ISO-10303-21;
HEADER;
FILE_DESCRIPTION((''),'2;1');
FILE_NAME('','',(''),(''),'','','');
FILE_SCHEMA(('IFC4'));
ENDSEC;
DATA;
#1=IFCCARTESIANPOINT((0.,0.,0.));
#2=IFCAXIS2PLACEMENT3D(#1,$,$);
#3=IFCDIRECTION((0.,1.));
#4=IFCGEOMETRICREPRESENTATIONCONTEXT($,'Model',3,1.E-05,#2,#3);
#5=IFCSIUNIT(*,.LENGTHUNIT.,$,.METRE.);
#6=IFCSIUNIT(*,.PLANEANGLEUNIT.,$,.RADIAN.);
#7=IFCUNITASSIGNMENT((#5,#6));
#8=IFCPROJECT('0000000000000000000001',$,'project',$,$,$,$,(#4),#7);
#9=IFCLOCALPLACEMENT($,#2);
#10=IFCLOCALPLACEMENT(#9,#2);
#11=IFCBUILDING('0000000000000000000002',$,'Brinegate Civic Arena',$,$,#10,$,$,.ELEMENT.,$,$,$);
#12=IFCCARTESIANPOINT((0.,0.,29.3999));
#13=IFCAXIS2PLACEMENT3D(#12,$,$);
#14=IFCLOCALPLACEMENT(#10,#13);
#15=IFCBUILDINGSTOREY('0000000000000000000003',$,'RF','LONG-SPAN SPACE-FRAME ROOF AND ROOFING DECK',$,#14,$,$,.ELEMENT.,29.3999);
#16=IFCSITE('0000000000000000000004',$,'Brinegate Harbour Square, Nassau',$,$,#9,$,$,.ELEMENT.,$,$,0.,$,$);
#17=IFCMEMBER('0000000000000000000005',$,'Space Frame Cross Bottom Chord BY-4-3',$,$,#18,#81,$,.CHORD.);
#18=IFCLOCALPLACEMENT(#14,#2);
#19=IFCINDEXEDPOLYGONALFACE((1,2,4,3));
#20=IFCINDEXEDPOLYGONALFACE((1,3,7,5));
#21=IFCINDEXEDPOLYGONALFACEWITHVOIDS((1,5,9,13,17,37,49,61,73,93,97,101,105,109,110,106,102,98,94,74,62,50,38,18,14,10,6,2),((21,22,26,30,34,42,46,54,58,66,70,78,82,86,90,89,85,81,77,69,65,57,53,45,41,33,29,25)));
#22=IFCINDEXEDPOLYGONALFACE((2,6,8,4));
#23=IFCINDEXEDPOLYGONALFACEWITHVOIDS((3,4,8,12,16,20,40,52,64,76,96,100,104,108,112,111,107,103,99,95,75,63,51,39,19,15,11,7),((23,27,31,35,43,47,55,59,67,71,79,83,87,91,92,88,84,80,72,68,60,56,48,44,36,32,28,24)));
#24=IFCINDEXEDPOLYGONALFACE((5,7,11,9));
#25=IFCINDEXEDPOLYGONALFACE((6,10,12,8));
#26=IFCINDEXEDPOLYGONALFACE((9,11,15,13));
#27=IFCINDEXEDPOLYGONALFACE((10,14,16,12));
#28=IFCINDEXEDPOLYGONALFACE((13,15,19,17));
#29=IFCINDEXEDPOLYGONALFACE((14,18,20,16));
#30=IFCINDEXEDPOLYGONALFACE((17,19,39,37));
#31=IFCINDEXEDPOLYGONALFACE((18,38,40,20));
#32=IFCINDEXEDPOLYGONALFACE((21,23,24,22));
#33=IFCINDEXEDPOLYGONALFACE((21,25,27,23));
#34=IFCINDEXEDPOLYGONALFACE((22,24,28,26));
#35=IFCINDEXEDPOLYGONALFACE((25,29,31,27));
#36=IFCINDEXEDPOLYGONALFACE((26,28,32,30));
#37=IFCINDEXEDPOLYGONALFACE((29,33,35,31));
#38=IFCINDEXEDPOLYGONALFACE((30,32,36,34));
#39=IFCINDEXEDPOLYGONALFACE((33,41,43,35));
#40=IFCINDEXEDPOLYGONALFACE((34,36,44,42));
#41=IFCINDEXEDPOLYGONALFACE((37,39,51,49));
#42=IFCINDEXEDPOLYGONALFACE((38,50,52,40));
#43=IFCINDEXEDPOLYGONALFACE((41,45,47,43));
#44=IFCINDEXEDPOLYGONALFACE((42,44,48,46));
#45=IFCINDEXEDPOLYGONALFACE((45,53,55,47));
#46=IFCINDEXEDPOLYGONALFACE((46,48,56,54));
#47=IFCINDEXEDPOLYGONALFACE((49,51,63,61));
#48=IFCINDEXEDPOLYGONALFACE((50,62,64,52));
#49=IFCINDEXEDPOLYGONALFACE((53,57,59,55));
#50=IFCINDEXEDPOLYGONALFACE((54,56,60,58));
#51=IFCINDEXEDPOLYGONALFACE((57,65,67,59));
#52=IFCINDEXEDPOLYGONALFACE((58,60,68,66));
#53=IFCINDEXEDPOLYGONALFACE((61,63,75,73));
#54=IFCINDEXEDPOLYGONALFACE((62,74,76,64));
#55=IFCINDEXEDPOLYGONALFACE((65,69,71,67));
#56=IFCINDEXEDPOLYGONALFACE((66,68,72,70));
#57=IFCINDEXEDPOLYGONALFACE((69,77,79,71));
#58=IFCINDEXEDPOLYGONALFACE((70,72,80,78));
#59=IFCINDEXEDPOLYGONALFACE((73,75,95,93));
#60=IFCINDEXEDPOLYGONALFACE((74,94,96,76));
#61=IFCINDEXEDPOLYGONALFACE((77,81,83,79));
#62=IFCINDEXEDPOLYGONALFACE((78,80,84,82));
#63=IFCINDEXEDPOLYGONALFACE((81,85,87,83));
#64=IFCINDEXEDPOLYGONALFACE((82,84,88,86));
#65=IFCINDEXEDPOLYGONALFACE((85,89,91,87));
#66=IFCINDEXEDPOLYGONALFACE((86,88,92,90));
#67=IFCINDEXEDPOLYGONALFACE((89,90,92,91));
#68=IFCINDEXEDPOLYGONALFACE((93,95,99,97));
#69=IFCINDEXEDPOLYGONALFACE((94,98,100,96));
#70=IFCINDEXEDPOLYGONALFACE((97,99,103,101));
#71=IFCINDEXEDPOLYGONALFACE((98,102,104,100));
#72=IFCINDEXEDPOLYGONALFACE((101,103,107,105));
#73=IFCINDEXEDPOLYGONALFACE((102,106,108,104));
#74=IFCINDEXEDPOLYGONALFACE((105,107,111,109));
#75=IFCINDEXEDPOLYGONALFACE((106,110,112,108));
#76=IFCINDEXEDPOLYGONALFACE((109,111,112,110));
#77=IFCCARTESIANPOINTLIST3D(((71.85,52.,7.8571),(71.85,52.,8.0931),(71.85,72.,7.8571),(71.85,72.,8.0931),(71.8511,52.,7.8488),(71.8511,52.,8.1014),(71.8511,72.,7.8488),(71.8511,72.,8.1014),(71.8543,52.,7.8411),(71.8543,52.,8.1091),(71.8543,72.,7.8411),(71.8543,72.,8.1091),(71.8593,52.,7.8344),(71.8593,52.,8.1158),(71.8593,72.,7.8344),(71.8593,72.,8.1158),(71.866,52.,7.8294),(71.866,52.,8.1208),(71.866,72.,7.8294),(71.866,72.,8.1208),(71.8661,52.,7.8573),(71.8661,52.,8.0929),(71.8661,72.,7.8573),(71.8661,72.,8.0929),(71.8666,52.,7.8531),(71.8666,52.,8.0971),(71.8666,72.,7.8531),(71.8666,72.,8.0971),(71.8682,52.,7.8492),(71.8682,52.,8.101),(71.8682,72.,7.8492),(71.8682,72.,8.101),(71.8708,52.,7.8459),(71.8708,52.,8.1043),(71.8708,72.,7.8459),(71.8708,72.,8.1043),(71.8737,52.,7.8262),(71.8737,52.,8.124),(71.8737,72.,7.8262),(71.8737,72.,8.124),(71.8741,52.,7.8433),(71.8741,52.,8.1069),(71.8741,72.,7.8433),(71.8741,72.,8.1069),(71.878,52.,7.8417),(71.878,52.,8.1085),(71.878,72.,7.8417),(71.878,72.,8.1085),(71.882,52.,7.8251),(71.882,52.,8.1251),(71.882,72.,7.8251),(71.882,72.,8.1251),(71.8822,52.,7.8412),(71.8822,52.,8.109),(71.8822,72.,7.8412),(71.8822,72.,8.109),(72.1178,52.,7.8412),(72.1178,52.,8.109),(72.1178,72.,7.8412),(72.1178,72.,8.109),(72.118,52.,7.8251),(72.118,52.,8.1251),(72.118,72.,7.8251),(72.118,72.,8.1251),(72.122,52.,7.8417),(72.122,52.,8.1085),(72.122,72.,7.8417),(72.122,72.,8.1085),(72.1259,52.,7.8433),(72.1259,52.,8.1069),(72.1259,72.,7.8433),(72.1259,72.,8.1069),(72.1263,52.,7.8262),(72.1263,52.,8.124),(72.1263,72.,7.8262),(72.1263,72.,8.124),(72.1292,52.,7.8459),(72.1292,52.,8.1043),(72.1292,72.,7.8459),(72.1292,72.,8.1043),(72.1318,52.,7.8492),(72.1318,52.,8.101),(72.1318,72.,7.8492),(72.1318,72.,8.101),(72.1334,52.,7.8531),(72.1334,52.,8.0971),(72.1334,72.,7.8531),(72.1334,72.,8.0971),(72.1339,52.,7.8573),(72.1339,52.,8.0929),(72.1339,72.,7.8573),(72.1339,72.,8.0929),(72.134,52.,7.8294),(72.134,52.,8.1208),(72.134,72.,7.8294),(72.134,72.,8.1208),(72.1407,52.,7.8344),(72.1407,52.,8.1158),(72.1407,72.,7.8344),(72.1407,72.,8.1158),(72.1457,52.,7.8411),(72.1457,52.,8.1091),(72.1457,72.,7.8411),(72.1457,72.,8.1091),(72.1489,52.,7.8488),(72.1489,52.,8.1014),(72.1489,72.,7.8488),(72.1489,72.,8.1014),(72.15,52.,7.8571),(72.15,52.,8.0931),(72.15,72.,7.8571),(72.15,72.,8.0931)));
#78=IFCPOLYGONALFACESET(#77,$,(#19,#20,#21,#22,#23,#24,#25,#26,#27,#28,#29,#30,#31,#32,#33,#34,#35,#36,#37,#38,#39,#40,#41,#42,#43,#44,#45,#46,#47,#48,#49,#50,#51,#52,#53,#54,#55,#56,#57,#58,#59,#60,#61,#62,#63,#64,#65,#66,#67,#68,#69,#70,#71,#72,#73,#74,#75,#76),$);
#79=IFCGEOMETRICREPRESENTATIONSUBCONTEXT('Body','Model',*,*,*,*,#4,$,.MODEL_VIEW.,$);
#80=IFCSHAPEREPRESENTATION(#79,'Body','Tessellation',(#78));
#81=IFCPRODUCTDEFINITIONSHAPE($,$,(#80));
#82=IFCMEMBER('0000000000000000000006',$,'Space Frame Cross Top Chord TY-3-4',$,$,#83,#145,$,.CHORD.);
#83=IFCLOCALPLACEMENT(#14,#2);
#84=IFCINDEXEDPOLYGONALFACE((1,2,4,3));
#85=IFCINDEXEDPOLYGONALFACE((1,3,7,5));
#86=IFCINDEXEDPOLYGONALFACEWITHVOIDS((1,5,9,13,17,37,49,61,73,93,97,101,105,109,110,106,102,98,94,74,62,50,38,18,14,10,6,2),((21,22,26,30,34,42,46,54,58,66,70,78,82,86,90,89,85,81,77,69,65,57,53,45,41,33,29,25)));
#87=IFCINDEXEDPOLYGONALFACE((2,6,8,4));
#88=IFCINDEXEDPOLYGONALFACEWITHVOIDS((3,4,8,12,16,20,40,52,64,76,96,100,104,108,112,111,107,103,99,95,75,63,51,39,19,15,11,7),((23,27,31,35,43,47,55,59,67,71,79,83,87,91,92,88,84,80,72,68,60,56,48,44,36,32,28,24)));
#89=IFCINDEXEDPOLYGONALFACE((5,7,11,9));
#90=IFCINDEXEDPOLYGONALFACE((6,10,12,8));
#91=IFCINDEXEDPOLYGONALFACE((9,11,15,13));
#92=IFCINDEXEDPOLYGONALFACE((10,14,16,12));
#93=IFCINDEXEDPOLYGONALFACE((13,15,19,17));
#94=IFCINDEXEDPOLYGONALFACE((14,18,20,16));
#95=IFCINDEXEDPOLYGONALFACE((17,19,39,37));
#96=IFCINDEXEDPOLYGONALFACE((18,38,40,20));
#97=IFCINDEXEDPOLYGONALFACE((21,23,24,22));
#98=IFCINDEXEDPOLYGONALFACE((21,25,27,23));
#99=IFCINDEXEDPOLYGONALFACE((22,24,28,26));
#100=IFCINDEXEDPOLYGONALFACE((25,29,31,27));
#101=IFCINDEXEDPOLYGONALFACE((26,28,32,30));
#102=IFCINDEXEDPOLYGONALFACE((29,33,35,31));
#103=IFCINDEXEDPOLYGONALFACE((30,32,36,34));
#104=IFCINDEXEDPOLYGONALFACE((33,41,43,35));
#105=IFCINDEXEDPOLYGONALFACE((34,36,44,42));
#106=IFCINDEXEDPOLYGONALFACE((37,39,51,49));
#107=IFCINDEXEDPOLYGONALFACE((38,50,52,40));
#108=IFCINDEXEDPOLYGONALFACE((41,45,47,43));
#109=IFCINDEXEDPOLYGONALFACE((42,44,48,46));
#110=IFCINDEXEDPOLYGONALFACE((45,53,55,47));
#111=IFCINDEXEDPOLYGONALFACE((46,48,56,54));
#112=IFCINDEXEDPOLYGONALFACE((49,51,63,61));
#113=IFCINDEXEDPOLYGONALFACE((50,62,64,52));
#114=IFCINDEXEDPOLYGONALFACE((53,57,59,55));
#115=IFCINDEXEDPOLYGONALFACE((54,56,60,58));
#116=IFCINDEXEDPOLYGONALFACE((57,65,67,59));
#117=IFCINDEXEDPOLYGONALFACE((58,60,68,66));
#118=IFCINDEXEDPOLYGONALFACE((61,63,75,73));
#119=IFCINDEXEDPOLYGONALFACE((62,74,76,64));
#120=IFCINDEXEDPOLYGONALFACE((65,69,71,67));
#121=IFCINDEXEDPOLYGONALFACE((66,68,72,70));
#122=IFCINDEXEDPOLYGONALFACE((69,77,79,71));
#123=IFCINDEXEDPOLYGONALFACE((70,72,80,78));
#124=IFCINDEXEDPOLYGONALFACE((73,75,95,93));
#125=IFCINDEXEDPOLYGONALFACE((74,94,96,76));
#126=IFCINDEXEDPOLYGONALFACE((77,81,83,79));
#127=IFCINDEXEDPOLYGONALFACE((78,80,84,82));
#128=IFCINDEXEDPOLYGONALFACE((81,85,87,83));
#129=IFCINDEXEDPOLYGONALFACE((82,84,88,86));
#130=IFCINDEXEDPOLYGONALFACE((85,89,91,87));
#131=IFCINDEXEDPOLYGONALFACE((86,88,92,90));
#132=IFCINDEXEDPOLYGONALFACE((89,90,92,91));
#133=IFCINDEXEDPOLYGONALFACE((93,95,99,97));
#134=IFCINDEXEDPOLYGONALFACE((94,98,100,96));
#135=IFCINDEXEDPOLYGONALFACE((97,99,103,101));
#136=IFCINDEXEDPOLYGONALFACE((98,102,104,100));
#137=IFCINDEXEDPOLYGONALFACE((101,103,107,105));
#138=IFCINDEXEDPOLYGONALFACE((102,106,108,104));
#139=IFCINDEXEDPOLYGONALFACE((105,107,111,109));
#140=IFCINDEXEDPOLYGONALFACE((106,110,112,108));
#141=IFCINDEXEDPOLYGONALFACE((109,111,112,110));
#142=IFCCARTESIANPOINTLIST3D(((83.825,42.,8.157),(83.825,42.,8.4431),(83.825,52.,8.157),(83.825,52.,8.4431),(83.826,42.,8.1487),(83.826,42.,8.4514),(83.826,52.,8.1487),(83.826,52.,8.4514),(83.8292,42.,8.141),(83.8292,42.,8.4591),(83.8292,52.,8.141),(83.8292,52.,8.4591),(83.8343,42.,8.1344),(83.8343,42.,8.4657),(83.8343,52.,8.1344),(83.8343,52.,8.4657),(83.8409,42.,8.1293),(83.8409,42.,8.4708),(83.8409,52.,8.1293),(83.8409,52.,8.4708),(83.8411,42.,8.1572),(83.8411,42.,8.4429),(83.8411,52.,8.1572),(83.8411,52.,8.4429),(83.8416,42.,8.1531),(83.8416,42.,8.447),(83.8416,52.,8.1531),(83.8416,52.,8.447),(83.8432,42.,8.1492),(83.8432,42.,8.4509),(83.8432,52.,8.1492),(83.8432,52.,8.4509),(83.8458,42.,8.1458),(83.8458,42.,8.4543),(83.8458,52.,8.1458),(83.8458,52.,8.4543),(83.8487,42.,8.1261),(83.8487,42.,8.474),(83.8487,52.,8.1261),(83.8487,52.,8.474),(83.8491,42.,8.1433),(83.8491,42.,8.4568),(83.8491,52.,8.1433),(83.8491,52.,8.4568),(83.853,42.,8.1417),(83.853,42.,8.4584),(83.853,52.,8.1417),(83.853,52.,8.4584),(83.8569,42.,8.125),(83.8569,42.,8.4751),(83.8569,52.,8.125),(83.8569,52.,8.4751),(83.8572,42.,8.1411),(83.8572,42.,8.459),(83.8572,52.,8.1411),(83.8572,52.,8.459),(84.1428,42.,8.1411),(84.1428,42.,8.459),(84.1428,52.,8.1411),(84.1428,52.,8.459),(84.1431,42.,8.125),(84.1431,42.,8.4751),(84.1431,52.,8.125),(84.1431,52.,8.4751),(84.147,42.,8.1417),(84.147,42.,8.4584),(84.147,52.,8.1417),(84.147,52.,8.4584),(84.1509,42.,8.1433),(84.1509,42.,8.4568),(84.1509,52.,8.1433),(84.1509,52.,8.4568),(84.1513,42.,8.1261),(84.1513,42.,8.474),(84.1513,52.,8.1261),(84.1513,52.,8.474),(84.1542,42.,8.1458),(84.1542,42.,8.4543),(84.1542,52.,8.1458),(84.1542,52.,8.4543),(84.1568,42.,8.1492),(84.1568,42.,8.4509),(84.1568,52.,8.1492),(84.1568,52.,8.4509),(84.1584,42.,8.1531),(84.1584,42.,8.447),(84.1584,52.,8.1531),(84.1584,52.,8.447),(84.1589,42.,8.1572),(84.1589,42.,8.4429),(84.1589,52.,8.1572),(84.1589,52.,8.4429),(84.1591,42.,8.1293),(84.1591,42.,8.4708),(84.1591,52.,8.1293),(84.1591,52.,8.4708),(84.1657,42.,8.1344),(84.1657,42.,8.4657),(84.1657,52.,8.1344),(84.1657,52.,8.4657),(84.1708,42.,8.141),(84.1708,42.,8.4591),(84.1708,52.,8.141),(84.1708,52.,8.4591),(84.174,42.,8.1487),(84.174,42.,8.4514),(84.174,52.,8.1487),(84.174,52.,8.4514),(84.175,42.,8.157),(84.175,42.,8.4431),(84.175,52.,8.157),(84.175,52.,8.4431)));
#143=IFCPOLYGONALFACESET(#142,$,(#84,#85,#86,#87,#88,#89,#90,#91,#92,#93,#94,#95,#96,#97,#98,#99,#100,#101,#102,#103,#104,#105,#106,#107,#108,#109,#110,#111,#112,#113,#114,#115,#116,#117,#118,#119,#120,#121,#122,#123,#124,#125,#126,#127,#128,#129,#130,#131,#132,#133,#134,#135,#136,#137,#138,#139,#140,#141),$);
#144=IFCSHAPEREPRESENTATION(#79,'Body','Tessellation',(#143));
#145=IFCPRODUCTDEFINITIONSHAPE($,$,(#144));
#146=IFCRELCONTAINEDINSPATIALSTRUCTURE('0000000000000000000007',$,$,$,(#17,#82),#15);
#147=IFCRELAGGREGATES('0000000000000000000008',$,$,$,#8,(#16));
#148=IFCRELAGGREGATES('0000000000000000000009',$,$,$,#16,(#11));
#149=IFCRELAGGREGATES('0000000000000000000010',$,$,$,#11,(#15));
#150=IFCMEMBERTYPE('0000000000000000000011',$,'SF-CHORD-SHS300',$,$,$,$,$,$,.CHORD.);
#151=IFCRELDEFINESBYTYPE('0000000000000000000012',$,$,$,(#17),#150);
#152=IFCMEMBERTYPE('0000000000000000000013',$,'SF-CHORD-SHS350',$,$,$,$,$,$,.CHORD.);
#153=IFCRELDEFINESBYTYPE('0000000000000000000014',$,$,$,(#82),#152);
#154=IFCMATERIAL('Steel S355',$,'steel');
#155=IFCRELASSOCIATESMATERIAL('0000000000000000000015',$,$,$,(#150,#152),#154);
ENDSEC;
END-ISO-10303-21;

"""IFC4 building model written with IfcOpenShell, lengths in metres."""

from ifc_helpers import new_model, si_unit, direction, frame, origin, origin_2d, place, context, subcontext, project, spatial, hollow_rectangle, extrude, material, material_profile, profile_set, type_object, element, save


model = new_model("IFC4")

# Units and contexts
model_context = context("Model", 3, precision=1e-05, world=origin(), true_north=direction((0.0, 1.0)))
body_context = subcontext(model_context, "Body", "Model", "MODEL_VIEW")
ifc_project = project(units=[si_unit("LENGTHUNIT", "METRE"), si_unit("PLANEANGLEUNIT", "RADIAN")], contexts=[model_context])

# Site, building, storey
site_placement = place(None, origin())
site = spatial("IfcSite", under=ifc_project, at=site_placement, Name="Brinegate Harbour Square, Nassau", CompositionType="ELEMENT", RefElevation=0.0)
building_placement = place(site_placement, origin())
building = spatial("IfcBuilding", under=site, at=building_placement, Name="Brinegate Civic Arena", CompositionType="ELEMENT")
storey_placement = place(building_placement, frame((0.0, 0.0, 29.3999)))
storey = spatial("IfcBuildingStorey", under=building, at=storey_placement, Name="RF", Description="LONG-SPAN SPACE-FRAME ROOF AND ROOFING DECK", CompositionType="ELEMENT", Elevation=29.3999)

# Members
ifc_material = material(Name="Steel S355", Category="steel")
ifc_material_profile_1 = material_profile(ifc_material, hollow_rectangle(XDim=0.3, YDim=0.3, WallThickness=0.0161, InnerFilletRadius=0.0161, OuterFilletRadius=0.032, at=origin_2d()), Name="SHS300X16")
ifc_profile_set_1 = profile_set([ifc_material_profile_1], Name="Steel S355")
member_type_1 = type_object("IfcMemberType", Name="SF-CHORD-SHS300", PredefinedType="CHORD", material=ifc_profile_set_1)
member_1_placement = place(storey_placement, frame((72.0, 52.0, 7.9751), z_axis=(0.0, 1.0, 0.0), x_axis=(-1.0, 0.0, 0.0)))
element("IfcMember", 1, at=member_1_placement, inside=storey, type_object=member_type_1, Name="Space Frame Cross Bottom Chord BY-4-3", PredefinedType="CHORD", context=body_context, shape_type="SweptSolid", body=[
    extrude(hollow_rectangle(XDim=0.3, YDim=0.3, WallThickness=0.0161, InnerFilletRadius=0.0161, OuterFilletRadius=0.032, at=origin_2d()), origin(), (0.0, 0.0, 1.0), 20.0),
])
ifc_material_profile_2 = material_profile(ifc_material, hollow_rectangle(XDim=0.3501, YDim=0.3501, WallThickness=0.0161, InnerFilletRadius=0.0161, OuterFilletRadius=0.032, at=origin_2d()), Name="SHS350X16")
ifc_profile_set_2 = profile_set([ifc_material_profile_2], Name="Steel S355")
member_type_2 = type_object("IfcMemberType", Name="SF-CHORD-SHS350", PredefinedType="CHORD", material=ifc_profile_set_2)
for number, where, z_axis, x_axis, name in (
    (2, (84.0, 42.0, 8.3), (0.0, 1.0, 0.0), (-1.0, 0.0, 0.0), "Space Frame Cross Top Chord TY-3-4"),
):
    element("IfcMember", number, at=place(storey_placement, frame(where, z_axis=z_axis, x_axis=x_axis)), inside=storey, type_object=member_type_2, Name=name, PredefinedType="CHORD", context=body_context, shape_type="SweptSolid", body=[
        extrude(hollow_rectangle(XDim=0.3501, YDim=0.3501, WallThickness=0.0161, InnerFilletRadius=0.0161, OuterFilletRadius=0.032, at=origin_2d()), origin(), (0.0, 0.0, 1.0), 10.0),
    ])

save(model, "model.ifc")
